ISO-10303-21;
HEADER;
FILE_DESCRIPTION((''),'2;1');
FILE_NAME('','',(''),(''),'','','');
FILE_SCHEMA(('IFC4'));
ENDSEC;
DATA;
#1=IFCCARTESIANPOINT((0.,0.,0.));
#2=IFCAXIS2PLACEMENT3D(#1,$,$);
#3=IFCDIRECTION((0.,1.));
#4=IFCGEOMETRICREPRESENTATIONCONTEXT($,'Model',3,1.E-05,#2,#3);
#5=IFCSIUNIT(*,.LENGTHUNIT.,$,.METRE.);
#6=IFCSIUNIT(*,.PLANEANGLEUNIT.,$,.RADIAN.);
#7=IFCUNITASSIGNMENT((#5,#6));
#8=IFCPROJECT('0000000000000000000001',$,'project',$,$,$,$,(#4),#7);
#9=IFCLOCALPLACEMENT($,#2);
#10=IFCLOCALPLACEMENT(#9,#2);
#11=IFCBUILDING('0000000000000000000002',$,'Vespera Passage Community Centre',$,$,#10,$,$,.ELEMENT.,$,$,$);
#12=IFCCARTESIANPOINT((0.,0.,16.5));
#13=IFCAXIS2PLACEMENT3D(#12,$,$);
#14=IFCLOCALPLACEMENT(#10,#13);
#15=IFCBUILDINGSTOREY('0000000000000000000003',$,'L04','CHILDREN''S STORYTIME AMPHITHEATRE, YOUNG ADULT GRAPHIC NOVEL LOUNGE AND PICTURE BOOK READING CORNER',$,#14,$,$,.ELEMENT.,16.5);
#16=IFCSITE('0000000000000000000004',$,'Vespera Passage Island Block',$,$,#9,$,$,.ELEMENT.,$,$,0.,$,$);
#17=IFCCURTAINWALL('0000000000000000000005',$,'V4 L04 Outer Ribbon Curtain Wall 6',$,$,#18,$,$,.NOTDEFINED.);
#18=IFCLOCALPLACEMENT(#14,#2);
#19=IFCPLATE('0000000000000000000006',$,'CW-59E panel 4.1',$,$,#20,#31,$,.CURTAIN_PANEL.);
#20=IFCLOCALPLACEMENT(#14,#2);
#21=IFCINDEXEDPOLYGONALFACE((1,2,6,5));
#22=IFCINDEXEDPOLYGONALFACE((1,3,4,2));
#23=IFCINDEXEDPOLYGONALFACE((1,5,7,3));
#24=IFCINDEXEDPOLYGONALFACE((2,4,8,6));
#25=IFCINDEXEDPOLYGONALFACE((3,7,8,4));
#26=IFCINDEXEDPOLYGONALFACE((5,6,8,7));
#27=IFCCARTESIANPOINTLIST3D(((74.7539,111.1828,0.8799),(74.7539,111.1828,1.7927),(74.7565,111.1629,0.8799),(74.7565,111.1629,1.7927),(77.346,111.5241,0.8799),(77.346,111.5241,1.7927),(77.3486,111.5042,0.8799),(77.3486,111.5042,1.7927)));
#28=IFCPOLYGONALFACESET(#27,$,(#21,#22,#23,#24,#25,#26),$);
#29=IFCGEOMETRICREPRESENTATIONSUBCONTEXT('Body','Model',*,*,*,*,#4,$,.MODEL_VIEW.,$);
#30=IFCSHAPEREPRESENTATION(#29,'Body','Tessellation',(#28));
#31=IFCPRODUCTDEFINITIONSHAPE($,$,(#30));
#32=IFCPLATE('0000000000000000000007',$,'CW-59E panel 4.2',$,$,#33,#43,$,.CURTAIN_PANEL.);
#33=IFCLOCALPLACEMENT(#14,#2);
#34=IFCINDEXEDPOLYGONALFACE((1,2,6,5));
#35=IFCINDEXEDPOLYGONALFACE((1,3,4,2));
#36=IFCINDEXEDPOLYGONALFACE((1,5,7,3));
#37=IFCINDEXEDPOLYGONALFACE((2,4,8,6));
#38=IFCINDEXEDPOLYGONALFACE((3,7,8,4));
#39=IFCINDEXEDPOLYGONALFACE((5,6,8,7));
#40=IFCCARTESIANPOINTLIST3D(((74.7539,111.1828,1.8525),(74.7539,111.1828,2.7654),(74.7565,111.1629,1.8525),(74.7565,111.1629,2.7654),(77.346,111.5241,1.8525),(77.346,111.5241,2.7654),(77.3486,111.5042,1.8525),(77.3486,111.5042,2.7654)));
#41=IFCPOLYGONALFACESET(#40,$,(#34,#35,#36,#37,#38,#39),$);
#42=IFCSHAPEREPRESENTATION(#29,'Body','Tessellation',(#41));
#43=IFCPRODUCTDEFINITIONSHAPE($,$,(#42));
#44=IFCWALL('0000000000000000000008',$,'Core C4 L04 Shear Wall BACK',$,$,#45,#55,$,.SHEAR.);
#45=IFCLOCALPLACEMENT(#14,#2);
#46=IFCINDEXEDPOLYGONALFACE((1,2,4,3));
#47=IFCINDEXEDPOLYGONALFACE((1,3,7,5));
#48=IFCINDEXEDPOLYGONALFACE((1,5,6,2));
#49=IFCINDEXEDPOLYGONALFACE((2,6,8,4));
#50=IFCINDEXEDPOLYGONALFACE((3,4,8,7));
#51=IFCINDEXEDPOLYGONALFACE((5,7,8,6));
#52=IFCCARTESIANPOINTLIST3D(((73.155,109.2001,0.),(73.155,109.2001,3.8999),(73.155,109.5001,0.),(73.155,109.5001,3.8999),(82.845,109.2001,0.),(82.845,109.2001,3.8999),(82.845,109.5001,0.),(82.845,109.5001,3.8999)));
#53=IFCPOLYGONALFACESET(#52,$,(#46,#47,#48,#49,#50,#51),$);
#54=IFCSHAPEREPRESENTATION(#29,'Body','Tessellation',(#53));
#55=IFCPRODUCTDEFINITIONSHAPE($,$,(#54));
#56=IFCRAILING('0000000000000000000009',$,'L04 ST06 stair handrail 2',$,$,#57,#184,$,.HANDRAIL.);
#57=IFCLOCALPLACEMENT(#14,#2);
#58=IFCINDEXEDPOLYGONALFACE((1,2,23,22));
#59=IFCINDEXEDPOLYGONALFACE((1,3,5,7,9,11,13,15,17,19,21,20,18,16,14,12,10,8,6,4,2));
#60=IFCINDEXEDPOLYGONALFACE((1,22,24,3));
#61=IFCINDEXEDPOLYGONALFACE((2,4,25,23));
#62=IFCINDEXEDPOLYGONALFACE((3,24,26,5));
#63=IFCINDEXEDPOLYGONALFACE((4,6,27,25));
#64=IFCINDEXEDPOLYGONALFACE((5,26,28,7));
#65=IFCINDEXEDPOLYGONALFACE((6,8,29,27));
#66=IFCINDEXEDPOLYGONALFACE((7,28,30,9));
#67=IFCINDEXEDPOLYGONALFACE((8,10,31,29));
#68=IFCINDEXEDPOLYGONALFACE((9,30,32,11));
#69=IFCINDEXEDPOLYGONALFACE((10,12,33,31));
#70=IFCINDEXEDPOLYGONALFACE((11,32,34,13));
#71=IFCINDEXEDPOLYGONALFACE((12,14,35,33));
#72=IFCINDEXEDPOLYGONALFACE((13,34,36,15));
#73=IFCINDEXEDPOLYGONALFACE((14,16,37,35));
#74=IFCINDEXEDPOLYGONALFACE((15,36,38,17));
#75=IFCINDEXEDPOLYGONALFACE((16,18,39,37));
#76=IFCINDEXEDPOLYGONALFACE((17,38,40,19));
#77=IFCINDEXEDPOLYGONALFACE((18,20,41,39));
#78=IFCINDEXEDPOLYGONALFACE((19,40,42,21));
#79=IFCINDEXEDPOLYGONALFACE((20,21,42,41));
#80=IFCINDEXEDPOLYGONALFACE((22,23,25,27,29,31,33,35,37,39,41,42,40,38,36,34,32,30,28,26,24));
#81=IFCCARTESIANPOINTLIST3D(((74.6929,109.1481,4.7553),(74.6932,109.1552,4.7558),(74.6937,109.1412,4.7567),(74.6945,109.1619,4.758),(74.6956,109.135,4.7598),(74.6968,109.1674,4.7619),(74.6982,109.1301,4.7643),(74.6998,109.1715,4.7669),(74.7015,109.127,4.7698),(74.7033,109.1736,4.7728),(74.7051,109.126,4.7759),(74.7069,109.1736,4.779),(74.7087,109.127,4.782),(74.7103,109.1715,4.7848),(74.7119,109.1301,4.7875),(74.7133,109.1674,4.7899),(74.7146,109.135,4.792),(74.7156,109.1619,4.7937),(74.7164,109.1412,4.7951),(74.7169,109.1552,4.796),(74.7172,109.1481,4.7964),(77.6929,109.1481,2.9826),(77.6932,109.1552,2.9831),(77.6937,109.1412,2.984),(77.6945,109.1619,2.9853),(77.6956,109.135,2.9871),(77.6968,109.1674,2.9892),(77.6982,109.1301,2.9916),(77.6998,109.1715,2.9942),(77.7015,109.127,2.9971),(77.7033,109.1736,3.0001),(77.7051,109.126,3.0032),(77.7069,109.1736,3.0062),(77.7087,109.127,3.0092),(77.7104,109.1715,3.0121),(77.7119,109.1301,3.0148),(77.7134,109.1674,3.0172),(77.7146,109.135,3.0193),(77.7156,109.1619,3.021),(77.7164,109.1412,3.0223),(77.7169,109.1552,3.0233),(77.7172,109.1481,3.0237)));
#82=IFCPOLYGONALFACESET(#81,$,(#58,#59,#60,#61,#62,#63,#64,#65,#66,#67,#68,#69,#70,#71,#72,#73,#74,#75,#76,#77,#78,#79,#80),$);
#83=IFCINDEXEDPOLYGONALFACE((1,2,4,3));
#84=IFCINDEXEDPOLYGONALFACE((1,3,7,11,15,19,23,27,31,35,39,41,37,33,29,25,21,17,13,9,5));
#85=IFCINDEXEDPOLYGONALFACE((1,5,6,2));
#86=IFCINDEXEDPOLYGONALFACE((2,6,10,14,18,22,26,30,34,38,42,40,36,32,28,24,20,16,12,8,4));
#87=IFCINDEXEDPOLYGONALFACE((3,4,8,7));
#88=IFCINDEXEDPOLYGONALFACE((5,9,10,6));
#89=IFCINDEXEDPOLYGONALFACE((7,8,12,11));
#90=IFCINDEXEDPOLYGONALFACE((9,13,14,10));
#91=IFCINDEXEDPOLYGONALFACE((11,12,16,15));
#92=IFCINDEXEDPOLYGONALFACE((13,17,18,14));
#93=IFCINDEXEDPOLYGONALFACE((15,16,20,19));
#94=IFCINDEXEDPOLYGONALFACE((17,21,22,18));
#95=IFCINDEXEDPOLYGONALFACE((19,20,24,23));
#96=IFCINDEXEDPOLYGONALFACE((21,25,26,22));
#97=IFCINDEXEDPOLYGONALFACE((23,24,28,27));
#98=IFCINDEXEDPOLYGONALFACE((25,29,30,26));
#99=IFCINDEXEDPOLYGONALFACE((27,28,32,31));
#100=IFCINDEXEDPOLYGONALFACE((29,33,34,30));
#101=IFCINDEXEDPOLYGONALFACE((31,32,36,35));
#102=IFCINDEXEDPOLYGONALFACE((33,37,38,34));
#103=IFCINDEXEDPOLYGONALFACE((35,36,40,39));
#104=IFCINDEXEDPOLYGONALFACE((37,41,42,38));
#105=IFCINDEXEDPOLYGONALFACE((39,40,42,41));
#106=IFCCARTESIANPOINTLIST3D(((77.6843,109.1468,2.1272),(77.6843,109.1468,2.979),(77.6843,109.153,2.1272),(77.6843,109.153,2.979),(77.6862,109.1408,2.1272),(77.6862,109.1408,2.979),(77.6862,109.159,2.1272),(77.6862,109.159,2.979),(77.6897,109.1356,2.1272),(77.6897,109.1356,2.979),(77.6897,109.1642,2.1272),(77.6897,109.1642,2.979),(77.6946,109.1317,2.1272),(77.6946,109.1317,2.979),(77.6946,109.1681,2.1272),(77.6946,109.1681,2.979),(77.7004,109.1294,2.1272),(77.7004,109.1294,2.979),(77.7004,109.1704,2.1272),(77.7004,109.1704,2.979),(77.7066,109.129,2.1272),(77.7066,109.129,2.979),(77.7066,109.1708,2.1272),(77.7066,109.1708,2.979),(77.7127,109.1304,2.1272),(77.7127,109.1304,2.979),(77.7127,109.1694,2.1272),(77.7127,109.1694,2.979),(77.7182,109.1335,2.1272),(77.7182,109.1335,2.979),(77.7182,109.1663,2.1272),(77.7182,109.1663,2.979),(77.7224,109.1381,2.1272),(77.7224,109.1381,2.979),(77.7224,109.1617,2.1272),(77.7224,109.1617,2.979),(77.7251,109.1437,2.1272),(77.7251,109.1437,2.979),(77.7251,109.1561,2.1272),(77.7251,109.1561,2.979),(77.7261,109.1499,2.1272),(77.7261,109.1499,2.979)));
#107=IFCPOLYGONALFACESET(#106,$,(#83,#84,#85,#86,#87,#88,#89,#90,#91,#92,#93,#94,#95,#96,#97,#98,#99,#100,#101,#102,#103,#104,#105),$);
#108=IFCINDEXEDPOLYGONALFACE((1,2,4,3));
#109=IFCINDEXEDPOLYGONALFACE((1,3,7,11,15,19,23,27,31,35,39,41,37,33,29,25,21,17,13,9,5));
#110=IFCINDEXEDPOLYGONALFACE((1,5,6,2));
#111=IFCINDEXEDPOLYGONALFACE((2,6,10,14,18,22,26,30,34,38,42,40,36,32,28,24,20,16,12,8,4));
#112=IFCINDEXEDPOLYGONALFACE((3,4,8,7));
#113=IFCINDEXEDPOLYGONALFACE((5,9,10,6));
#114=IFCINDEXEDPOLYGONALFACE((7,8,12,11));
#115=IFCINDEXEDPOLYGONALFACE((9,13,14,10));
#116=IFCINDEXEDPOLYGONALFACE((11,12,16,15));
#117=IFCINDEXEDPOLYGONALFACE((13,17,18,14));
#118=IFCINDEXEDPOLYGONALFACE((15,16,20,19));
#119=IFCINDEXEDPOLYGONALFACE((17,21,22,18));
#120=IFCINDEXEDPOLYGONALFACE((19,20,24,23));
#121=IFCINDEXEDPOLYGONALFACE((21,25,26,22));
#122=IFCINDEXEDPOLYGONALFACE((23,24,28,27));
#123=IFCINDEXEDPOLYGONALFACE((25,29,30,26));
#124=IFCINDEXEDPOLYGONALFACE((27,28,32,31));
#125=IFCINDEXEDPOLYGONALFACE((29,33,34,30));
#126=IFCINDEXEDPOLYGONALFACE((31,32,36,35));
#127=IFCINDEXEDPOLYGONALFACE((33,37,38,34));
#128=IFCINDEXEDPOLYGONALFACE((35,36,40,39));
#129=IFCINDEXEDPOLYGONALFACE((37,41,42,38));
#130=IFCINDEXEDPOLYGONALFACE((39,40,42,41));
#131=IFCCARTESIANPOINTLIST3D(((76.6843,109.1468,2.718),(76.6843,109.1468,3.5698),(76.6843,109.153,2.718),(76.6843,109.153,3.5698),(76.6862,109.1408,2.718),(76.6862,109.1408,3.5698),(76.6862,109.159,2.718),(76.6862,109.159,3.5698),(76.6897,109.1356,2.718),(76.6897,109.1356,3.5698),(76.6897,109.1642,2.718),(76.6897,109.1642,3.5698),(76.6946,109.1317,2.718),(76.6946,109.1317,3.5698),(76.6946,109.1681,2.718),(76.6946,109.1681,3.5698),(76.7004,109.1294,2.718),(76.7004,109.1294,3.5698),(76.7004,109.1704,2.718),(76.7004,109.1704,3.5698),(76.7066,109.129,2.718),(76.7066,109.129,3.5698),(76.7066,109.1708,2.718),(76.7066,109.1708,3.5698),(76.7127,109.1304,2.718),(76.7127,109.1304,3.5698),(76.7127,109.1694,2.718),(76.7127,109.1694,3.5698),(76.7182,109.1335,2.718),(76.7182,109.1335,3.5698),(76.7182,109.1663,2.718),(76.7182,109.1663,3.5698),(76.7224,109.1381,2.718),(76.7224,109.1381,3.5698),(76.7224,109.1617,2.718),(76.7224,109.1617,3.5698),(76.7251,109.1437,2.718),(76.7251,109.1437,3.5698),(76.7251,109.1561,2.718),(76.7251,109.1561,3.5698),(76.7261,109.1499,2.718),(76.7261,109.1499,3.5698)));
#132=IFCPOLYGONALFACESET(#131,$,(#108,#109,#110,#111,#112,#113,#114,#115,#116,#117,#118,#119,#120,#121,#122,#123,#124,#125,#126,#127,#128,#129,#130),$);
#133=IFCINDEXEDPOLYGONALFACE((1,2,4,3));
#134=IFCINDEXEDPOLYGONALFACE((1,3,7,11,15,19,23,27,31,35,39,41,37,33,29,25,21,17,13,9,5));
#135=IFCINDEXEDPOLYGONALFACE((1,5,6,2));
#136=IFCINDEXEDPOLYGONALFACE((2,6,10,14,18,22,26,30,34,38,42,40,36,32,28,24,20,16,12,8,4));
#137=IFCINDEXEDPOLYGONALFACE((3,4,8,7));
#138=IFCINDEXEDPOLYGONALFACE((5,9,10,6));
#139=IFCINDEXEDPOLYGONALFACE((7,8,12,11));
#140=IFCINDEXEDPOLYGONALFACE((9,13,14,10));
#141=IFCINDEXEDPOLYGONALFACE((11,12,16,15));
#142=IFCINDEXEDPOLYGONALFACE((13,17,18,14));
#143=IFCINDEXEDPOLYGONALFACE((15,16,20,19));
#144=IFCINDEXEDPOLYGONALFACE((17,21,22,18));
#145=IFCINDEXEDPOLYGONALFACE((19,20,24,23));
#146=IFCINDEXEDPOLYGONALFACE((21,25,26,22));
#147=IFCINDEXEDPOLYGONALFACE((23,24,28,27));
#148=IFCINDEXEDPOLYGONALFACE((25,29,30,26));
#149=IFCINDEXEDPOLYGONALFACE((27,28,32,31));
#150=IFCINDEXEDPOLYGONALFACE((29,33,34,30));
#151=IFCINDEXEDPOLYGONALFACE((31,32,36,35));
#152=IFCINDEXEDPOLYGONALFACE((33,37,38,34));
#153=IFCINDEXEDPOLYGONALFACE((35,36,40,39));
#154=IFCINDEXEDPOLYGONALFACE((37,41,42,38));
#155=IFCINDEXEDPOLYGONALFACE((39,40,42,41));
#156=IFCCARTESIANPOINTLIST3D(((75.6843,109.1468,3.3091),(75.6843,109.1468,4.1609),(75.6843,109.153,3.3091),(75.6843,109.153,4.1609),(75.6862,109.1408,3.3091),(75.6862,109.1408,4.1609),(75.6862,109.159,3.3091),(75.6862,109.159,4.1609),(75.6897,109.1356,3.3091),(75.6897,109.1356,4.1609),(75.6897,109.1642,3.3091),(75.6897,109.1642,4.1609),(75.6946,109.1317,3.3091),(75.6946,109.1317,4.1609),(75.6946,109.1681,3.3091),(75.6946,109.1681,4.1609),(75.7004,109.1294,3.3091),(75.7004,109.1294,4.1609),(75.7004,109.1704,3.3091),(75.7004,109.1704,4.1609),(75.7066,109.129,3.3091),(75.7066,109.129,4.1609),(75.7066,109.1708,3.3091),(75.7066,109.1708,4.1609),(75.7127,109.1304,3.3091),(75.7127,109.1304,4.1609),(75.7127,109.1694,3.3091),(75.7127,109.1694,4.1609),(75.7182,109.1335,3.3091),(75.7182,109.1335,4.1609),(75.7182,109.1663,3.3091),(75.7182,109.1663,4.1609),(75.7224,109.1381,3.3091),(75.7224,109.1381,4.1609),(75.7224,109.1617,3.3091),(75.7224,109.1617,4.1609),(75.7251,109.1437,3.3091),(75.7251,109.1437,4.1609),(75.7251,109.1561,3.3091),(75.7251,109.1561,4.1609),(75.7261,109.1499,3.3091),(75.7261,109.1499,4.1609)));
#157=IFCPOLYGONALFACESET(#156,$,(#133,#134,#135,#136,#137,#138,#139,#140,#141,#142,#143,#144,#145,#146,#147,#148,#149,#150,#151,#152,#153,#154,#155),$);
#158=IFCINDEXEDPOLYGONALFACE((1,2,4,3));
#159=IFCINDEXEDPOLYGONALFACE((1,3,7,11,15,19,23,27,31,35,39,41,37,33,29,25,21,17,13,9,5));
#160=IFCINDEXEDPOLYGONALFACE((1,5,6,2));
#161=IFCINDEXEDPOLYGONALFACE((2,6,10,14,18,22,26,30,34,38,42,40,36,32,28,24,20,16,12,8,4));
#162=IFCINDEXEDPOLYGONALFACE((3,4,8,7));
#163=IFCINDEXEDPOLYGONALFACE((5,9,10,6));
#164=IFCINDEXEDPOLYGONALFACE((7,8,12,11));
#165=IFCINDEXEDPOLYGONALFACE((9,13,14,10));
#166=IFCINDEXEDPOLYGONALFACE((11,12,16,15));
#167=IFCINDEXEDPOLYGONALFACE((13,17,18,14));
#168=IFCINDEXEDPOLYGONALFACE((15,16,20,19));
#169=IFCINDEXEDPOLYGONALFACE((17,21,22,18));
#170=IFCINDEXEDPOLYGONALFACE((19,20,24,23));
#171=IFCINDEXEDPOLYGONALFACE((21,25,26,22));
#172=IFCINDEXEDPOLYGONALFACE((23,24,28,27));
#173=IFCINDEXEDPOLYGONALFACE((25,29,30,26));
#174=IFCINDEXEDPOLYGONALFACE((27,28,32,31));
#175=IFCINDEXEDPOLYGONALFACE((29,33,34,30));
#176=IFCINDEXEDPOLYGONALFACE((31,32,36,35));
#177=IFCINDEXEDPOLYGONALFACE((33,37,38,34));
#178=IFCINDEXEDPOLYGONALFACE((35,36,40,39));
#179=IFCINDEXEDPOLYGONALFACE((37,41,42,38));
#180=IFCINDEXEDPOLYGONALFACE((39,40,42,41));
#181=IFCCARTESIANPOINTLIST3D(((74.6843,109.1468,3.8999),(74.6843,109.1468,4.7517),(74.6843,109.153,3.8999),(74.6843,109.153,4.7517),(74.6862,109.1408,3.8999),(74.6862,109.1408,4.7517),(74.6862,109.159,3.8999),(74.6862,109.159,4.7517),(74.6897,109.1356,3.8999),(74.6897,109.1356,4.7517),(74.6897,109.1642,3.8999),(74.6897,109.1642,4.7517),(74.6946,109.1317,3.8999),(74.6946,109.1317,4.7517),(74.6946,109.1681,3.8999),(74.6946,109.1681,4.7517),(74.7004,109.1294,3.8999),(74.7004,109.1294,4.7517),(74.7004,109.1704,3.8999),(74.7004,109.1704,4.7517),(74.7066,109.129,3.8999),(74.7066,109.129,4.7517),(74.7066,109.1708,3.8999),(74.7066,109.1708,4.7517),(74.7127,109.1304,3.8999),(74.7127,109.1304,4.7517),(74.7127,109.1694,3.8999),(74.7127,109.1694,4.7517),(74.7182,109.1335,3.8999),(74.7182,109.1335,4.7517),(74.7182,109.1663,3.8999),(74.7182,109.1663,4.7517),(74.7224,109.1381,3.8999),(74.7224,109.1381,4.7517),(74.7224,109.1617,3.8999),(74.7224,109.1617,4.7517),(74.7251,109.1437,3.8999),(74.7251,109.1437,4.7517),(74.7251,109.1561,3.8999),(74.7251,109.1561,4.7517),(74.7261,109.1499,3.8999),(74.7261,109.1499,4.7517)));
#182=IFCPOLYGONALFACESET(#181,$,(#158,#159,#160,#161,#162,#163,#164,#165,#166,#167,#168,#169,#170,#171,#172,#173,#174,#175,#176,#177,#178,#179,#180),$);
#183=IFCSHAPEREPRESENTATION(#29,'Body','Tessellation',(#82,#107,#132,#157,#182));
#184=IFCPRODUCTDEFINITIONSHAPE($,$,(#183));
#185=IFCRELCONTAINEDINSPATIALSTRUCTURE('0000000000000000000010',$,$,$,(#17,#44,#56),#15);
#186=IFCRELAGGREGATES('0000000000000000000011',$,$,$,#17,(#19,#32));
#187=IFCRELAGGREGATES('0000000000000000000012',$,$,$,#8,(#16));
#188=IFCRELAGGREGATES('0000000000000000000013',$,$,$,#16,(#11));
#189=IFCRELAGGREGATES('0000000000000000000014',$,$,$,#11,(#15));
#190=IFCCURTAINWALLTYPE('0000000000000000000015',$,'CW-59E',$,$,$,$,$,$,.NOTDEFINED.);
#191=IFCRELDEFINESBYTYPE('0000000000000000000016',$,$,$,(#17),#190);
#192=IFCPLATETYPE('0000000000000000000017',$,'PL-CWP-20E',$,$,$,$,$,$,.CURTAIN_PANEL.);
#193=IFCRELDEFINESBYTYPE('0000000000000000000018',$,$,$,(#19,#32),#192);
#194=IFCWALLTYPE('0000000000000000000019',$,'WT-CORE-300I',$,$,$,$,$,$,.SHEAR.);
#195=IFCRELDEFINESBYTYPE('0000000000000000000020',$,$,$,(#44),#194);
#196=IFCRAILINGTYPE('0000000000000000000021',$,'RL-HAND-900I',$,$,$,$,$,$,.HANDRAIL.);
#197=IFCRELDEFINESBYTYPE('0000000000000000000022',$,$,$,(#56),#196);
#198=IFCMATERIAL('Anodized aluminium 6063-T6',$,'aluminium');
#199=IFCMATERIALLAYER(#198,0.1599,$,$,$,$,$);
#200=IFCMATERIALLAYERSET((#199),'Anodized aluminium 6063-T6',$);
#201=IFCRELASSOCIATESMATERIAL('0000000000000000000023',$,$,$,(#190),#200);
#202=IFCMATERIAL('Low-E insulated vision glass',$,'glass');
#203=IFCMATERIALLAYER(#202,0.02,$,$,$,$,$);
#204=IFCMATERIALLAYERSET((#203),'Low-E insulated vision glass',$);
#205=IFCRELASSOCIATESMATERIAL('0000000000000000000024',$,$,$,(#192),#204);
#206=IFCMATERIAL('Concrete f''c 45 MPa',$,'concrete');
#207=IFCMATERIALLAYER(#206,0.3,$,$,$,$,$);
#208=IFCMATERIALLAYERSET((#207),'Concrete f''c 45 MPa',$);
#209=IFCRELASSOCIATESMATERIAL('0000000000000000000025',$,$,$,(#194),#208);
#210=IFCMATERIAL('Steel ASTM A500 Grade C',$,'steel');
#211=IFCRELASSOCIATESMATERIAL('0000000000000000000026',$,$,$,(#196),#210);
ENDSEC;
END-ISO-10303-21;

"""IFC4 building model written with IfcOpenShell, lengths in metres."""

from ifc_helpers import new_model, si_unit, direction, frame, frame_2d, origin, origin_2d, place, context, subcontext, project, spatial, rectangle, circle, extrude, material, layer, layer_set, type_object, element, aggregate, save


model = new_model("IFC4")

# Units and contexts
model_context = context("Model", 3, precision=1e-05, world=origin(), true_north=direction((0.0, 1.0)))
body_context = subcontext(model_context, "Body", "Model", "MODEL_VIEW")
ifc_project = project(units=[si_unit("LENGTHUNIT", "METRE"), si_unit("PLANEANGLEUNIT", "RADIAN")], contexts=[model_context])

# Site, building, storey
site_placement = place(None, origin())
site = spatial("IfcSite", under=ifc_project, at=site_placement, Name="Vespera Passage Island Block", CompositionType="ELEMENT", RefElevation=0.0)
building_placement = place(site_placement, origin())
building = spatial("IfcBuilding", under=site, at=building_placement, Name="Vespera Passage Community Centre", CompositionType="ELEMENT")
storey_placement = place(building_placement, frame((0.0, 0.0, 16.5)))
storey = spatial("IfcBuildingStorey", under=building, at=storey_placement, Name="L04", Description="CHILDREN'S STORYTIME AMPHITHEATRE, YOUNG ADULT GRAPHIC NOVEL LOUNGE AND PICTURE BOOK READING CORNER", CompositionType="ELEMENT", Elevation=16.5)

# Curtain wall, plates
ifc_material_1 = material(Name="Anodized aluminium 6063-T6", Category="aluminium")
ifc_layer_1 = layer(ifc_material_1, 0.1599)
ifc_layer_set_1 = layer_set([ifc_layer_1], Name="Anodized aluminium 6063-T6")
curtain_wall_type = type_object("IfcCurtainWallType", Name="CW-59E", PredefinedType="NOTDEFINED", material=ifc_layer_set_1)
curtain_wall_placement = place(storey_placement, origin())
curtain_wall = element("IfcCurtainWall", 1, at=curtain_wall_placement, inside=storey, type_object=curtain_wall_type, Name="V4 L04 Outer Ribbon Curtain Wall 6", PredefinedType="NOTDEFINED")
ifc_material_2 = material(Name="Low-E insulated vision glass", Category="glass")
ifc_layer_2 = layer(ifc_material_2, 0.02)
ifc_layer_set_2 = layer_set([ifc_layer_2], Name="Low-E insulated vision glass")
plate_type = type_object("IfcPlateType", Name="PL-CWP-20E", PredefinedType="CURTAIN_PANEL", material=ifc_layer_set_2)
plate_1_placement = place(storey_placement, frame((76.0513, 111.3435, 0.8799), z_axis=(0.0, 0.0, 1.0), x_axis=(0.991444, 0.130531, 0.0)))
plate_1 = element("IfcPlate", 2, at=plate_1_placement, type_object=plate_type, Name="CW-59E panel 4.1", PredefinedType="CURTAIN_PANEL", context=body_context, shape_type="SweptSolid", body=[
    extrude(rectangle(XDim=2.6145, YDim=0.02, at=origin_2d()), origin(), (0.0, 0.0, 1.0), 0.9128),
])
plate_2_placement = place(storey_placement, frame((76.0513, 111.3435, 1.8525), z_axis=(0.0, 0.0, 1.0), x_axis=(0.991444, 0.130531, 0.0)))
plate_2 = element("IfcPlate", 3, at=plate_2_placement, type_object=plate_type, Name="CW-59E panel 4.2", PredefinedType="CURTAIN_PANEL", context=body_context, shape_type="SweptSolid", body=[
    extrude(rectangle(XDim=2.6145, YDim=0.02, at=origin_2d()), origin(), (0.0, 0.0, 1.0), 0.9128),
])
aggregate(curtain_wall, [plate_1, plate_2])

# Wall
ifc_material_3 = material(Name="Concrete f'c 45 MPa", Category="concrete")
ifc_layer_3 = layer(ifc_material_3, 0.3)
ifc_layer_set_3 = layer_set([ifc_layer_3], Name="Concrete f'c 45 MPa")
wall_type = type_object("IfcWallType", Name="WT-CORE-300I", PredefinedType="SHEAR", material=ifc_layer_set_3)
wall_placement = place(storey_placement, frame((73.155, 109.3501, 0.0), z_axis=(0.0, 0.0, 1.0), x_axis=(1.0, 0.0, 0.0)))
element("IfcWall", 4, at=wall_placement, inside=storey, type_object=wall_type, Name="Core C4 L04 Shear Wall BACK", PredefinedType="SHEAR", context=body_context, shape_type="SweptSolid", body=[
    extrude(rectangle(XDim=9.6899, YDim=0.3, at=frame_2d((4.845, 0.0))), origin(), (0.0, 0.0, 1.0), 3.8999),
])

# Railing
ifc_material_4 = material(Name="Steel ASTM A500 Grade C", Category="steel")
railing_type = type_object("IfcRailingType", Name="RL-HAND-900I", PredefinedType="HANDRAIL", material=ifc_material_4)
railing_placement = place(storey_placement, frame((77.7051, 109.1499, 2.1272)))
element("IfcRailing", 5, at=railing_placement, inside=storey, type_object=railing_type, Name="L04 ST06 stair handrail 2", PredefinedType="HANDRAIL", context=body_context, shape_type="SweptSolid", body=[
    extrude(circle(Radius=0.0239, at=origin_2d()), frame((0.0, 0.0, 0.876), z_axis=(-0.860929, 0.0, 0.508725), x_axis=(0.0, -1.0, 0.0)), (0.0, 0.0, 1.0), 3.4846),
    extrude(circle(Radius=0.021, at=origin_2d()), origin(), (0.0, 0.0, 1.0), 0.8518),
    extrude(circle(Radius=0.021, at=origin_2d()), frame((-1.0, 0.0, 0.5908)), (0.0, 0.0, 1.0), 0.8518),
    extrude(circle(Radius=0.021, at=origin_2d()), frame((-2.0, 0.0, 1.1819)), (0.0, 0.0, 1.0), 0.8518),
    extrude(circle(Radius=0.021, at=origin_2d()), frame((-3.0, 0.0, 1.7727)), (0.0, 0.0, 1.0), 0.8518),
])

save(model, "model.ifc")
